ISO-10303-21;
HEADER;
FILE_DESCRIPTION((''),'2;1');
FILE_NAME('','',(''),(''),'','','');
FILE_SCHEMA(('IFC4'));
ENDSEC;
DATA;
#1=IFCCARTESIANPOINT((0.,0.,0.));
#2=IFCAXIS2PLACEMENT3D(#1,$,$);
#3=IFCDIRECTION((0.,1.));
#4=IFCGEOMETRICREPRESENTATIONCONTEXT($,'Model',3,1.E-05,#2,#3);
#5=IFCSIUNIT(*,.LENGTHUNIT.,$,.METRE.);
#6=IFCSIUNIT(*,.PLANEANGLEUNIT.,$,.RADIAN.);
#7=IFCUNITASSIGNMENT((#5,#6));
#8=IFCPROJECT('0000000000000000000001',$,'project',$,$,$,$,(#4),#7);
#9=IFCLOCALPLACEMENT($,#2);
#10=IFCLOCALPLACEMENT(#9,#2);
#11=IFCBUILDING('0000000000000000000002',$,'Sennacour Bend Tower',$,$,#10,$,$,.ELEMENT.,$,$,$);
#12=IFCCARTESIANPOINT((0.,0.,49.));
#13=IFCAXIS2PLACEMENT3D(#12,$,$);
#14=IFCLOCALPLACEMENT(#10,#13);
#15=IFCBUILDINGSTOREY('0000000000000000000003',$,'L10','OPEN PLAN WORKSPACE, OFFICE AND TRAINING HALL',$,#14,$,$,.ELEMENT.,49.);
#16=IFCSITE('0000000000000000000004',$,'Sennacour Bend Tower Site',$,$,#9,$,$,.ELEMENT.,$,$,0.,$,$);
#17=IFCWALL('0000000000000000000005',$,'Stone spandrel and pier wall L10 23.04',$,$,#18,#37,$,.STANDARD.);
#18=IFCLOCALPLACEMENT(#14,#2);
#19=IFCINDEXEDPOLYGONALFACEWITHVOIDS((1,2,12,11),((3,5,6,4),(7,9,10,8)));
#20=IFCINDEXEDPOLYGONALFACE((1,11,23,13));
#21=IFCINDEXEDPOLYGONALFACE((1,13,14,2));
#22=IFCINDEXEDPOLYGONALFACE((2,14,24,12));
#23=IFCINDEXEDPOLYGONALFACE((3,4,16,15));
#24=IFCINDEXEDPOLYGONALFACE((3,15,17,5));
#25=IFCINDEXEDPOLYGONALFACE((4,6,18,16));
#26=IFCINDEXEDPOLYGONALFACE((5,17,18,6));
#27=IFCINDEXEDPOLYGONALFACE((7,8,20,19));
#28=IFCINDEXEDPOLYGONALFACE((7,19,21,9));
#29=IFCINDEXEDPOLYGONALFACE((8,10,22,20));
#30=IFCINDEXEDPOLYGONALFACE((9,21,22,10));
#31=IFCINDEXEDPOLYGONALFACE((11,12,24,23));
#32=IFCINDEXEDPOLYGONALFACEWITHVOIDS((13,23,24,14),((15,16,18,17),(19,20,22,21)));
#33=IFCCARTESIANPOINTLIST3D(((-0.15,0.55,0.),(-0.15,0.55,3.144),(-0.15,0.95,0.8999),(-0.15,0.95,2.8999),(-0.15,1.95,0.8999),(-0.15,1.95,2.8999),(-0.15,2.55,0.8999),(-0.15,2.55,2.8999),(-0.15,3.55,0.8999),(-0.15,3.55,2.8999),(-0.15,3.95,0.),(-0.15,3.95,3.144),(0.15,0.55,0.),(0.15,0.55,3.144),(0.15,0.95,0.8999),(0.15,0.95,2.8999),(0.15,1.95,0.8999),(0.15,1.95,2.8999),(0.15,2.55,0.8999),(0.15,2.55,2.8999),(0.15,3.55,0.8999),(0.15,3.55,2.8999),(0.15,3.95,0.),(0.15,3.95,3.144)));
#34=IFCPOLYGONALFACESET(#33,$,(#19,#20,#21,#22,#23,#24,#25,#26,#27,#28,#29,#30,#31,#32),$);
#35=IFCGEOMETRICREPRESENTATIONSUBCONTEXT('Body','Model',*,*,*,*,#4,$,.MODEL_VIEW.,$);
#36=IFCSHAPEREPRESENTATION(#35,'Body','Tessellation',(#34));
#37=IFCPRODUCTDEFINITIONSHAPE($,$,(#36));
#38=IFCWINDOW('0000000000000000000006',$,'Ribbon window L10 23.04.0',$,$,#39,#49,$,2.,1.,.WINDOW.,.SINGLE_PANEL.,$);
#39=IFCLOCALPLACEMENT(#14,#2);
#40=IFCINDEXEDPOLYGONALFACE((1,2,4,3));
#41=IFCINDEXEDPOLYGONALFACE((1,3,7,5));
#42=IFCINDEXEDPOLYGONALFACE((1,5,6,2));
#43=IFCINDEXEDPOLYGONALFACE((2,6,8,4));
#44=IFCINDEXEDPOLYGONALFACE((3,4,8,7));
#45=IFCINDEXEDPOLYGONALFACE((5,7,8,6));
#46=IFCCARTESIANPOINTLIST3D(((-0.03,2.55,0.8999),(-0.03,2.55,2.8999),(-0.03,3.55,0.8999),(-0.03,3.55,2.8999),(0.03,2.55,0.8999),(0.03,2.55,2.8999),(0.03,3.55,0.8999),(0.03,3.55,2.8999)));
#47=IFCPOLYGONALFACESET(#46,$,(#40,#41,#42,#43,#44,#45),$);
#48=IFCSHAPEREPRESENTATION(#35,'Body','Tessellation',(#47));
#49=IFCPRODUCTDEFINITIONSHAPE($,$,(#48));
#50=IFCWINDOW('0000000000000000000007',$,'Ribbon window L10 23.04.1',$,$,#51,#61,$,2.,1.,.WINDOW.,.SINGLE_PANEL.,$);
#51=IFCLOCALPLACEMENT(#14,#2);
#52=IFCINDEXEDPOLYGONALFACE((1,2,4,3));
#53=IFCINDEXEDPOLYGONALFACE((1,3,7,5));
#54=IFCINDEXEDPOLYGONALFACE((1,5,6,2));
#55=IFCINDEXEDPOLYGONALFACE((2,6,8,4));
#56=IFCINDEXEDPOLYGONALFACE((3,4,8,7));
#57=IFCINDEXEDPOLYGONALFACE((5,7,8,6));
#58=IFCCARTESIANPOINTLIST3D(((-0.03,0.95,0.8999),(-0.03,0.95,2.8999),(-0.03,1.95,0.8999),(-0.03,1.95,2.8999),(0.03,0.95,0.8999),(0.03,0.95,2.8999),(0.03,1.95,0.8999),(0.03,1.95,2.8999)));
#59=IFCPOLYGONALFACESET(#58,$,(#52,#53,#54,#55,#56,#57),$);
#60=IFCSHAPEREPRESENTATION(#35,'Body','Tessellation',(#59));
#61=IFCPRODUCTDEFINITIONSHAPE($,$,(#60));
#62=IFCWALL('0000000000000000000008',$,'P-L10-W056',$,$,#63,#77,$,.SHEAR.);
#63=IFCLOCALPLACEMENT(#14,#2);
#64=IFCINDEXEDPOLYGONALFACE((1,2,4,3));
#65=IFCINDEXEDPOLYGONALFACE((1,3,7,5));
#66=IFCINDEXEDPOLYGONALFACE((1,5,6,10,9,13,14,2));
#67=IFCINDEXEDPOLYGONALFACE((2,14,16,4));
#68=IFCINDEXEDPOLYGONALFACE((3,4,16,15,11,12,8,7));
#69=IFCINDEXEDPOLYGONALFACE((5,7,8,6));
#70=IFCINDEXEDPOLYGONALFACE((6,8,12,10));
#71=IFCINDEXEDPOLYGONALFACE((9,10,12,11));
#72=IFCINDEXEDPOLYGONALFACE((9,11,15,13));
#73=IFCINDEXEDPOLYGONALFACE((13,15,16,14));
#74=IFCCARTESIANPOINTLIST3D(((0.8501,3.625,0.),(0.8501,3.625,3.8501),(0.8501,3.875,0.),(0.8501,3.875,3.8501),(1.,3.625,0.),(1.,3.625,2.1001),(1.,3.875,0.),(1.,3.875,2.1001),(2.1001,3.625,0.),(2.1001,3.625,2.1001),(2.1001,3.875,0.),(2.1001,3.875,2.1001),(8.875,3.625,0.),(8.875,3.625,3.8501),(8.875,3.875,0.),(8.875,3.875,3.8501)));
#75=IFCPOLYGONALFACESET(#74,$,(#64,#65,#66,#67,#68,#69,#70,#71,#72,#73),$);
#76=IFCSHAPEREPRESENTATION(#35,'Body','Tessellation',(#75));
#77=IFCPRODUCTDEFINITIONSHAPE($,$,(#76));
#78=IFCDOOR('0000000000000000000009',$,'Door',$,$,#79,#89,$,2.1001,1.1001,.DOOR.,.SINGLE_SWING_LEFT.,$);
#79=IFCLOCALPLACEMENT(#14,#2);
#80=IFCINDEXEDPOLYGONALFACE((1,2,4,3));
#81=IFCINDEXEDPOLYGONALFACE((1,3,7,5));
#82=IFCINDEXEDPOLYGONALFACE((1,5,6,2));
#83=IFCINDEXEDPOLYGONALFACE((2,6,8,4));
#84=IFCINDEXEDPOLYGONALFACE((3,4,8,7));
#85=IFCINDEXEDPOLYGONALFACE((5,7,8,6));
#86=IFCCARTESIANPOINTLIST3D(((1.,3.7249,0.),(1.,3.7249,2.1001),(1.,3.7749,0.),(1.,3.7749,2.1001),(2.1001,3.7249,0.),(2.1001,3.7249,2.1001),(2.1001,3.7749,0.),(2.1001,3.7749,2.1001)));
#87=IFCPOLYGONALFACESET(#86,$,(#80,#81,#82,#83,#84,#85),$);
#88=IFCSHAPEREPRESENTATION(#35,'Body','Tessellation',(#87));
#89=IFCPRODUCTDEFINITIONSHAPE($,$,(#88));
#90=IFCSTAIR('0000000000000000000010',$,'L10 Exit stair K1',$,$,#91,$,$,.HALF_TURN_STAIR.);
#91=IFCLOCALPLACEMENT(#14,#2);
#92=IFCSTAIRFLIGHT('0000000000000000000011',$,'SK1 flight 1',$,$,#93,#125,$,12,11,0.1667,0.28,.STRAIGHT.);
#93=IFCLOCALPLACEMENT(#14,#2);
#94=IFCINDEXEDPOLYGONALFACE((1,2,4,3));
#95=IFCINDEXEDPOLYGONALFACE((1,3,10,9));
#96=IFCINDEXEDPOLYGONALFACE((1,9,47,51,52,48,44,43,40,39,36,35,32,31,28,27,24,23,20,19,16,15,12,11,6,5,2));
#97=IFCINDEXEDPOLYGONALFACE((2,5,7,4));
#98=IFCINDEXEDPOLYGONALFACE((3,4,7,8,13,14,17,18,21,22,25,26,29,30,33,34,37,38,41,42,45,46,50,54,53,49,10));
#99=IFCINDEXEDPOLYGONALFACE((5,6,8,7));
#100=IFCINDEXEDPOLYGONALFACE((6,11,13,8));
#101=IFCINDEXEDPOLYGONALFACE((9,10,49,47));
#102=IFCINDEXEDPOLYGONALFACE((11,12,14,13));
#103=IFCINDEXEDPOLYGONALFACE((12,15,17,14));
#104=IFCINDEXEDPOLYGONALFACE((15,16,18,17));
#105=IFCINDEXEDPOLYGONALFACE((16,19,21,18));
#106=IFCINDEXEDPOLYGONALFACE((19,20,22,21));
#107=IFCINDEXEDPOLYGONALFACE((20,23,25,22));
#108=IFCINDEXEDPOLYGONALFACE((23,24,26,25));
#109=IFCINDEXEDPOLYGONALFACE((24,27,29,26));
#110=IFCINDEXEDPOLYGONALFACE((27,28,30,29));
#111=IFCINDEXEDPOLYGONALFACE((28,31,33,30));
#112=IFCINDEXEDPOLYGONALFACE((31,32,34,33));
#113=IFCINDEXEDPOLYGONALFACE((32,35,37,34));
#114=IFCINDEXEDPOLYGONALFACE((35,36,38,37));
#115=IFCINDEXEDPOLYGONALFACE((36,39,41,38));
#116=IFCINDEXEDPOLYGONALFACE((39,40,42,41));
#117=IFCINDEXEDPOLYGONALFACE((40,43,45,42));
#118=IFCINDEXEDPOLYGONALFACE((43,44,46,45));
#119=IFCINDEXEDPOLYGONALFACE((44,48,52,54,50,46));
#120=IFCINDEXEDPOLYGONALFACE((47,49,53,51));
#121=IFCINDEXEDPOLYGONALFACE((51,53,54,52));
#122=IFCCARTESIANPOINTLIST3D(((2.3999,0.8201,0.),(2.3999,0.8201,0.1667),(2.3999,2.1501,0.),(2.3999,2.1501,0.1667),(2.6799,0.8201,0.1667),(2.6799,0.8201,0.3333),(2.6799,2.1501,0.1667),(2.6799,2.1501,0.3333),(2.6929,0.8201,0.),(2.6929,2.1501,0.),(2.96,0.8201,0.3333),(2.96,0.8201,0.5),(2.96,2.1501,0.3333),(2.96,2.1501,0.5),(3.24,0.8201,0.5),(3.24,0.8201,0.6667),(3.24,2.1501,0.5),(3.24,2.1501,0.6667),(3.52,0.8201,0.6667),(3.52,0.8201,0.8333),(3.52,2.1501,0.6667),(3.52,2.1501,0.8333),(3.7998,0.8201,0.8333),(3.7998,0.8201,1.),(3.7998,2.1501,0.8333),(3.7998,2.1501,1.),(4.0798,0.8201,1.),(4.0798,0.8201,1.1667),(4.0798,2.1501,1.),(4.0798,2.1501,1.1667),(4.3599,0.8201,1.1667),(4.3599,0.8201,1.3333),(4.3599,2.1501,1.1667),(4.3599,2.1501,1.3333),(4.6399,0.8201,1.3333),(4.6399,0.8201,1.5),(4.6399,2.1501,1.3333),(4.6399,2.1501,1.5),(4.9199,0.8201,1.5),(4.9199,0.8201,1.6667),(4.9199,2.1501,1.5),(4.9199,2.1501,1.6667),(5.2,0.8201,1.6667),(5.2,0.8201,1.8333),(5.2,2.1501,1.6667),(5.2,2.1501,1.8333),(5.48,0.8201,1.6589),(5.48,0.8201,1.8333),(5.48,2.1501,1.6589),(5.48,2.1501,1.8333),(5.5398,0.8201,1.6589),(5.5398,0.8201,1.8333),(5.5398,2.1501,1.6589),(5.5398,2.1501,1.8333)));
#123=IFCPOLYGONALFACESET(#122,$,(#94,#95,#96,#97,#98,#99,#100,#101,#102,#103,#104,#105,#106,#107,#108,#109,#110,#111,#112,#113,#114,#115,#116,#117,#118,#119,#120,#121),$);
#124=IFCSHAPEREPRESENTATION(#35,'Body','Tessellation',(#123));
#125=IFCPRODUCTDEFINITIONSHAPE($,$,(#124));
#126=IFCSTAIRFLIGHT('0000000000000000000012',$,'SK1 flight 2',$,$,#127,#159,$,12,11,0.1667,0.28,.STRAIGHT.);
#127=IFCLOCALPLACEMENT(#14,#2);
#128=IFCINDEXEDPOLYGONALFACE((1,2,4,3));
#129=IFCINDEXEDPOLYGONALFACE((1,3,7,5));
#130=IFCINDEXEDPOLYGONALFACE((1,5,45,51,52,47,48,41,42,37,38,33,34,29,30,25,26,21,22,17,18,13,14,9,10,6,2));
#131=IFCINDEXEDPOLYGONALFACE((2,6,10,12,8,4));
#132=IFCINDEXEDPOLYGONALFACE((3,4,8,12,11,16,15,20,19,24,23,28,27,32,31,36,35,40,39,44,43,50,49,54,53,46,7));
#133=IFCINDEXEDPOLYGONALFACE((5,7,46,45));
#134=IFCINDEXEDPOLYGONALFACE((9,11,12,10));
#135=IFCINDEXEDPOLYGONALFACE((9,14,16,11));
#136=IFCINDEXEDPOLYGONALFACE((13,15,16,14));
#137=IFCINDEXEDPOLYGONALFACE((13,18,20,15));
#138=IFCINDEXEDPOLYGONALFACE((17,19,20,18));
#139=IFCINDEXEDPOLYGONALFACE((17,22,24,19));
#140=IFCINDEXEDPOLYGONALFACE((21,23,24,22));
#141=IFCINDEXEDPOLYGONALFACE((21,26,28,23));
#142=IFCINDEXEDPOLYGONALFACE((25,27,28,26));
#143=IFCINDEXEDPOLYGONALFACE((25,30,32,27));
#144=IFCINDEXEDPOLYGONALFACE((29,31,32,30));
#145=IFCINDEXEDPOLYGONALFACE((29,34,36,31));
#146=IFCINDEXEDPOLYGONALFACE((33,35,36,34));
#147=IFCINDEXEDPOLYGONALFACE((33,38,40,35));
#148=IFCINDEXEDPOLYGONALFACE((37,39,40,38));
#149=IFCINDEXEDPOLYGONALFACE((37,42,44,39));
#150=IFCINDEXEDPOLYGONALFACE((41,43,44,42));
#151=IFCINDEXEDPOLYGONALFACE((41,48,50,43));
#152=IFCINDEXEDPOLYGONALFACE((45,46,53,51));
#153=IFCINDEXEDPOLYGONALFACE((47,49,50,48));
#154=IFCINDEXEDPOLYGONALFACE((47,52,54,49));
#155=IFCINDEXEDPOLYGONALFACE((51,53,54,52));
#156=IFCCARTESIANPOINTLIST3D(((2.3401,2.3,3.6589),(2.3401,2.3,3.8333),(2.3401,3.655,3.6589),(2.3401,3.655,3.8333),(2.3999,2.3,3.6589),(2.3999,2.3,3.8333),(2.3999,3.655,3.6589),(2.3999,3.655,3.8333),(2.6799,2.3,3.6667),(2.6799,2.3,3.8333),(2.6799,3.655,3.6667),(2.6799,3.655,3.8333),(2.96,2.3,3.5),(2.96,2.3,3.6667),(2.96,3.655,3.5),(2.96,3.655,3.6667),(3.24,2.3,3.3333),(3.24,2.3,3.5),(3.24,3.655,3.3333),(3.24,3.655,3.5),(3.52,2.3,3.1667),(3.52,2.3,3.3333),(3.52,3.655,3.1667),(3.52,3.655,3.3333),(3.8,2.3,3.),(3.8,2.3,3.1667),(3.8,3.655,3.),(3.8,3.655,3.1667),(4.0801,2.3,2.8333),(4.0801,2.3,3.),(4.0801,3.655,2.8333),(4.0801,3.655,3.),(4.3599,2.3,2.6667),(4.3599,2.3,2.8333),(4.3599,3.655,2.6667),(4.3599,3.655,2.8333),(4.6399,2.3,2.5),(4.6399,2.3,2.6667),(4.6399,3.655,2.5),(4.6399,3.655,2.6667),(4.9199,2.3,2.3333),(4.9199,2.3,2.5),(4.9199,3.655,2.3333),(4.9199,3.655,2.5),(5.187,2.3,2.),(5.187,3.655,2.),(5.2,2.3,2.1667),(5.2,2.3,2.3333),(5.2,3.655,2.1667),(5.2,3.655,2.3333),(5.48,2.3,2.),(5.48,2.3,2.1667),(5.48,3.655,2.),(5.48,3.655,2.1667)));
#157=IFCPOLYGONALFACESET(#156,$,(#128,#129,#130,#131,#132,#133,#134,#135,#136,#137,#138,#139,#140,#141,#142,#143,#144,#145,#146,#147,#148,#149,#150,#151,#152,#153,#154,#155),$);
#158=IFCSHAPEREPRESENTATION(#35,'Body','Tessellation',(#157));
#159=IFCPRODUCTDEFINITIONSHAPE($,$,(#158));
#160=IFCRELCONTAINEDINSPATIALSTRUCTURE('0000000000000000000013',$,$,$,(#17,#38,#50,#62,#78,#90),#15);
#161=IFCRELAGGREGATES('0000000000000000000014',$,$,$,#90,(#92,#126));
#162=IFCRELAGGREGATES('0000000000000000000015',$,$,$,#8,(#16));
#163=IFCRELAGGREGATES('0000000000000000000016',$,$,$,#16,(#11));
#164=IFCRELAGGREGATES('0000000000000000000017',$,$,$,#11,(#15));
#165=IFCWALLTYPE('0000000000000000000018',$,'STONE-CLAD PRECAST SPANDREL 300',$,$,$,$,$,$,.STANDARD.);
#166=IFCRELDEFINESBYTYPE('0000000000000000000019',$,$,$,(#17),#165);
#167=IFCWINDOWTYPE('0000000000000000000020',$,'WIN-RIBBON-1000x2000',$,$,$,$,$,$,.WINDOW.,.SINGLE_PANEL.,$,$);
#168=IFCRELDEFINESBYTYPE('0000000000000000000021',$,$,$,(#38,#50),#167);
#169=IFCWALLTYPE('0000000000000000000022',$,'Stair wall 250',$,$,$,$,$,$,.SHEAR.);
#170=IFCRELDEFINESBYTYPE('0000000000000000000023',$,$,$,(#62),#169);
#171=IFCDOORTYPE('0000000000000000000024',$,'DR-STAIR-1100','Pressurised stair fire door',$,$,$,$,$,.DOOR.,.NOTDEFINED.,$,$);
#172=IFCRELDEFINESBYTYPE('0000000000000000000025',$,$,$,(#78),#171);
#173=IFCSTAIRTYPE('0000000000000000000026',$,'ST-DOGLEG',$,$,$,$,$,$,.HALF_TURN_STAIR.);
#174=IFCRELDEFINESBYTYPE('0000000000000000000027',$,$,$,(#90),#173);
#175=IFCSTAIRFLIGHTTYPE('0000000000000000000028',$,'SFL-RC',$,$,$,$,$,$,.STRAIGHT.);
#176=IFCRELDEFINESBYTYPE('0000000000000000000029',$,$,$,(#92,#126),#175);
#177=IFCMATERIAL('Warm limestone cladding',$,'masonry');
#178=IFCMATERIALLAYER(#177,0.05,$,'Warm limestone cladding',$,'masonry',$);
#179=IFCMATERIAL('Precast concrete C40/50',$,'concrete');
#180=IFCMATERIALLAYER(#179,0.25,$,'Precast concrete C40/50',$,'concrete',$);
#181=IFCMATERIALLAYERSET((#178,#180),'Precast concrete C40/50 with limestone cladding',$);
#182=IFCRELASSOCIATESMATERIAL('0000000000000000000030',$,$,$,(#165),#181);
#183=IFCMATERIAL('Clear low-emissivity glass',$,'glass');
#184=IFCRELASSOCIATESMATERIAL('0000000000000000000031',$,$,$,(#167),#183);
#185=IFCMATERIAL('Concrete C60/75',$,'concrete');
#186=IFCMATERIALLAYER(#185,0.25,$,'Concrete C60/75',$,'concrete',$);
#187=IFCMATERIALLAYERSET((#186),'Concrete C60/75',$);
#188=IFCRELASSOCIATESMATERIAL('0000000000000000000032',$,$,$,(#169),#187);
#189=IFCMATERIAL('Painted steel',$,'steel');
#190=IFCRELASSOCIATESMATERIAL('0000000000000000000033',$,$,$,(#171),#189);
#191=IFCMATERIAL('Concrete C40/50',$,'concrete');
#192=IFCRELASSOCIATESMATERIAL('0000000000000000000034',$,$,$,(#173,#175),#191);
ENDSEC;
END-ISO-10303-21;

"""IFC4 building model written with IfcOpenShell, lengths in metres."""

from ifc_helpers import new_model, si_unit, direction, frame, frame_2d, origin, place, context, subcontext, project, spatial, polyline, rectangle, outline, extrude, material, layer, layer_set, type_object, element, fill, aggregate, save


model = new_model("IFC4")

# Units and contexts
model_context = context("Model", 3, precision=1e-05, world=origin(), true_north=direction((0.0, 1.0)))
body_context = subcontext(model_context, "Body", "Model", "MODEL_VIEW")
ifc_project = project(units=[si_unit("LENGTHUNIT", "METRE"), si_unit("PLANEANGLEUNIT", "RADIAN")], contexts=[model_context])

# Site, building, storey
site_placement = place(None, origin())
site = spatial("IfcSite", under=ifc_project, at=site_placement, Name="Sennacour Bend Tower Site", CompositionType="ELEMENT", RefElevation=0.0)
building_placement = place(site_placement, origin())
building = spatial("IfcBuilding", under=site, at=building_placement, Name="Sennacour Bend Tower", CompositionType="ELEMENT")
storey_placement = place(building_placement, frame((0.0, 0.0, 49.0)))
storey = spatial("IfcBuildingStorey", under=building, at=storey_placement, Name="L10", Description="OPEN PLAN WORKSPACE, OFFICE AND TRAINING HALL", CompositionType="ELEMENT", Elevation=49.0)

# Shared definitions
ifc_material_1 = material(Name="Painted steel", Category="steel")

# Wall, openings, windows
ifc_material_2 = material(Name="Warm limestone cladding", Category="masonry")
ifc_layer_1 = layer(ifc_material_2, 0.05, Name="Warm limestone cladding", Category="masonry")
ifc_material_3 = material(Name="Precast concrete C40/50", Category="concrete")
ifc_layer_2 = layer(ifc_material_3, 0.25, Name="Precast concrete C40/50", Category="concrete")
ifc_layer_set_1 = layer_set([ifc_layer_1, ifc_layer_2], Name="Precast concrete C40/50 with limestone cladding")
wall_type_1 = type_object("IfcWallType", Name="STONE-CLAD PRECAST SPANDREL 300", PredefinedType="STANDARD", material=ifc_layer_set_1)
wall_1_placement = place(storey_placement, frame((0.0, 3.95, 0.0), z_axis=(0.0, 0.0, 1.0), x_axis=(0.0, -1.0, 0.0)))
wall_1 = element("IfcWall", 1, at=wall_1_placement, inside=storey, type_object=wall_type_1, Name="Stone spandrel and pier wall L10 23.04", PredefinedType="STANDARD", context=body_context, shape_type="SweptSolid", body=[
    extrude(rectangle(XDim=3.3999, YDim=0.3, at=frame_2d((1.7, 0.0))), origin(), (0.0, 0.0, 1.0), 3.144),
])
opening_1_placement = place(wall_1_placement, frame((0.3999, 0.0, 0.8999)))
opening_1 = element("IfcOpeningElement", 2, at=opening_1_placement, cuts=wall_1, PredefinedType="OPENING", context=body_context, shape_type="SweptSolid", body=[
    extrude(rectangle(XDim=1.0, YDim=2.0, at=frame_2d((0.5, 1.0))), frame((0.0, 0.1602, 0.0), z_axis=(0.0, -1.0, 0.0), x_axis=(1.0, 0.0, 0.0)), (0.0, 0.0, 1.0), 0.3201),
])
opening_2_placement = place(wall_1_placement, frame((2.0, 0.0, 0.8999)))
opening_2 = element("IfcOpeningElement", 3, at=opening_2_placement, cuts=wall_1, PredefinedType="OPENING", context=body_context, shape_type="SweptSolid", body=[
    extrude(rectangle(XDim=1.0, YDim=2.0, at=frame_2d((0.5, 1.0))), frame((0.0, 0.1602, 0.0), z_axis=(0.0, -1.0, 0.0), x_axis=(1.0, 0.0, 0.0)), (0.0, 0.0, 1.0), 0.3201),
])
ifc_material_4 = material(Name="Clear low-emissivity glass", Category="glass")
window_type = type_object("IfcWindowType", Name="WIN-RIBBON-1000x2000", PartitioningType="SINGLE_PANEL", PredefinedType="WINDOW", material=ifc_material_4)
window_1_placement = place(opening_1_placement, origin())
window_1 = element("IfcWindow", 4, at=window_1_placement, inside=storey, type_object=window_type, Name="Ribbon window L10 23.04.0", OverallHeight=2.0, OverallWidth=1.0, PartitioningType="SINGLE_PANEL", PredefinedType="WINDOW", context=body_context, shape_type="SweptSolid", body=[
    extrude(rectangle(XDim=1.0, YDim=2.0, at=frame_2d((0.5, 1.0))), frame((0.0, 0.03, 0.0), z_axis=(0.0, -1.0, 0.0), x_axis=(1.0, 0.0, 0.0)), (0.0, 0.0, 1.0), 0.0601),
])
fill(opening_1, window_1)
window_2_placement = place(opening_2_placement, origin())
window_2 = element("IfcWindow", 5, at=window_2_placement, inside=storey, type_object=window_type, Name="Ribbon window L10 23.04.1", OverallHeight=2.0, OverallWidth=1.0, PartitioningType="SINGLE_PANEL", PredefinedType="WINDOW", context=body_context, shape_type="SweptSolid", body=[
    extrude(rectangle(XDim=1.0, YDim=2.0, at=frame_2d((0.5, 1.0))), frame((0.0, 0.03, 0.0), z_axis=(0.0, -1.0, 0.0), x_axis=(1.0, 0.0, 0.0)), (0.0, 0.0, 1.0), 0.0601),
])
fill(opening_2, window_2)

# Wall, opening, door
ifc_material_5 = material(Name="Concrete C60/75", Category="concrete")
ifc_layer_3 = layer(ifc_material_5, 0.25, Name="Concrete C60/75", Category="concrete")
ifc_layer_set_2 = layer_set([ifc_layer_3], Name="Concrete C60/75")
wall_type_2 = type_object("IfcWallType", Name="Stair wall 250", PredefinedType="SHEAR", material=ifc_layer_set_2)
wall_2_placement = place(storey_placement, frame((0.8501, 3.75, 0.0), z_axis=(0.0, 0.0, 1.0), x_axis=(1.0, 0.0, 0.0)))
wall_2 = element("IfcWall", 6, at=wall_2_placement, inside=storey, type_object=wall_type_2, Name="P-L10-W056", PredefinedType="SHEAR", context=body_context, shape_type="SweptSolid", body=[
    extrude(rectangle(XDim=8.0249, YDim=0.25, at=frame_2d((4.0125, 0.0))), origin(), (0.0, 0.0, 1.0), 3.8501),
])
opening_3_placement = place(wall_2_placement, frame((0.1499, 0.0, 0.0)))
opening_3 = element("IfcOpeningElement", 7, at=opening_3_placement, cuts=wall_2, PredefinedType="OPENING", context=body_context, shape_type="SweptSolid", body=[
    extrude(rectangle(XDim=1.1001, YDim=2.1001, at=frame_2d((0.55, 1.05))), frame((0.0, 0.135, 0.0), z_axis=(0.0, -1.0, 0.0), x_axis=(1.0, 0.0, 0.0)), (0.0, 0.0, 1.0), 0.27),
])
door_type_1 = type_object("IfcDoorType", Name="DR-STAIR-1100", Description="Pressurised stair fire door", OperationType="NOTDEFINED", PredefinedType="DOOR", material=ifc_material_1)
door_1_placement = place(opening_3_placement, origin())
door_1 = element("IfcDoor", 8, at=door_1_placement, inside=storey, type_object=door_type_1, Name="Door", OperationType="SINGLE_SWING_LEFT", OverallHeight=2.1001, OverallWidth=1.1001, PredefinedType="DOOR", context=body_context, shape_type="SweptSolid", body=[
    extrude(rectangle(XDim=1.1001, YDim=2.1001, at=frame_2d((0.55, 1.05))), frame((0.0, 0.0249, 0.0), z_axis=(0.0, -1.0, 0.0), x_axis=(1.0, 0.0, 0.0)), (0.0, 0.0, 1.0), 0.05),
])
fill(opening_3, door_1)

# Stair, stair flights
ifc_material_6 = material(Name="Concrete C40/50", Category="concrete")
stair_type = type_object("IfcStairType", Name="ST-DOGLEG", PredefinedType="HALF_TURN_STAIR", material=ifc_material_6)
stair_placement = place(storey_placement, origin())
stair = element("IfcStair", 9, at=stair_placement, inside=storey, type_object=stair_type, Name="L10 Exit stair K1", PredefinedType="HALF_TURN_STAIR")
stair_flight_type = type_object("IfcStairFlightType", Name="SFL-RC", PredefinedType="STRAIGHT", material=ifc_material_6)
stair_flight_1_placement = place(storey_placement, frame((2.3999, 1.4851, 0.0), z_axis=(0.0, 0.0, 1.0), x_axis=(1.0, 0.0, 0.0)))
stair_flight_1 = element("IfcStairFlight", 10, at=stair_flight_1_placement, type_object=stair_flight_type, Name="SK1 flight 1", NumberOfRisers=12, NumberOfTreads=11, PredefinedType="STRAIGHT", RiserHeight=0.1667, TreadLength=0.28, context=body_context, shape_type="SweptSolid", body=[
    extrude(outline(polyline([(0.0, 0.0), (0.0, 0.1667), (0.28, 0.1667), (0.28, 0.3333), (0.5601, 0.3333), (0.5601, 0.5), (0.8401, 0.5), (0.8401, 0.6667), (1.1201, 0.6667), (1.1201, 0.8333), (1.3999, 0.8333), (1.3999, 1.0), (1.6799, 1.0), (1.6799, 1.1667), (1.96, 1.1667), (1.96, 1.3333), (2.24, 1.3333), (2.24, 1.5), (2.52, 1.5), (2.52, 1.6667), (2.8, 1.6667), (2.8, 1.8333), (3.0801, 1.8333), (3.1399, 1.8333), (3.1399, 1.6589), (3.0801, 1.6589), (0.293, 0.0), (0.0, 0.0)])), frame((0.0, 0.665, 0.0), z_axis=(0.0, -1.0, 0.0), x_axis=(1.0, 0.0, 0.0)), (0.0, 0.0, 1.0), 1.3301),
])
stair_flight_2_placement = place(storey_placement, frame((5.48, 2.9775, 2.0), z_axis=(0.0, 0.0, 1.0), x_axis=(-1.0, 0.0, 0.0)))
stair_flight_2 = element("IfcStairFlight", 11, at=stair_flight_2_placement, type_object=stair_flight_type, Name="SK1 flight 2", NumberOfRisers=12, NumberOfTreads=11, PredefinedType="STRAIGHT", RiserHeight=0.1667, TreadLength=0.28, context=body_context, shape_type="SweptSolid", body=[
    extrude(outline(polyline([(0.0, 0.0), (0.0, 0.1667), (0.28, 0.1667), (0.28, 0.3333), (0.5601, 0.3333), (0.5601, 0.5), (0.8401, 0.5), (0.8401, 0.6667), (1.1201, 0.6667), (1.1201, 0.8333), (1.3999, 0.8333), (1.3999, 1.0), (1.6799, 1.0), (1.6799, 1.1667), (1.96, 1.1667), (1.96, 1.3333), (2.24, 1.3333), (2.24, 1.5), (2.52, 1.5), (2.52, 1.6667), (2.8, 1.6667), (2.8, 1.8333), (3.0801, 1.8333), (3.1399, 1.8333), (3.1399, 1.6589), (3.0801, 1.6589), (0.293, 0.0), (0.0, 0.0)])), frame((0.0, 0.6775, 0.0), z_axis=(0.0, -1.0, 0.0), x_axis=(1.0, 0.0, 0.0)), (0.0, 0.0, 1.0), 1.355),
])
aggregate(stair, [stair_flight_1, stair_flight_2])

save(model, "model.ifc")
